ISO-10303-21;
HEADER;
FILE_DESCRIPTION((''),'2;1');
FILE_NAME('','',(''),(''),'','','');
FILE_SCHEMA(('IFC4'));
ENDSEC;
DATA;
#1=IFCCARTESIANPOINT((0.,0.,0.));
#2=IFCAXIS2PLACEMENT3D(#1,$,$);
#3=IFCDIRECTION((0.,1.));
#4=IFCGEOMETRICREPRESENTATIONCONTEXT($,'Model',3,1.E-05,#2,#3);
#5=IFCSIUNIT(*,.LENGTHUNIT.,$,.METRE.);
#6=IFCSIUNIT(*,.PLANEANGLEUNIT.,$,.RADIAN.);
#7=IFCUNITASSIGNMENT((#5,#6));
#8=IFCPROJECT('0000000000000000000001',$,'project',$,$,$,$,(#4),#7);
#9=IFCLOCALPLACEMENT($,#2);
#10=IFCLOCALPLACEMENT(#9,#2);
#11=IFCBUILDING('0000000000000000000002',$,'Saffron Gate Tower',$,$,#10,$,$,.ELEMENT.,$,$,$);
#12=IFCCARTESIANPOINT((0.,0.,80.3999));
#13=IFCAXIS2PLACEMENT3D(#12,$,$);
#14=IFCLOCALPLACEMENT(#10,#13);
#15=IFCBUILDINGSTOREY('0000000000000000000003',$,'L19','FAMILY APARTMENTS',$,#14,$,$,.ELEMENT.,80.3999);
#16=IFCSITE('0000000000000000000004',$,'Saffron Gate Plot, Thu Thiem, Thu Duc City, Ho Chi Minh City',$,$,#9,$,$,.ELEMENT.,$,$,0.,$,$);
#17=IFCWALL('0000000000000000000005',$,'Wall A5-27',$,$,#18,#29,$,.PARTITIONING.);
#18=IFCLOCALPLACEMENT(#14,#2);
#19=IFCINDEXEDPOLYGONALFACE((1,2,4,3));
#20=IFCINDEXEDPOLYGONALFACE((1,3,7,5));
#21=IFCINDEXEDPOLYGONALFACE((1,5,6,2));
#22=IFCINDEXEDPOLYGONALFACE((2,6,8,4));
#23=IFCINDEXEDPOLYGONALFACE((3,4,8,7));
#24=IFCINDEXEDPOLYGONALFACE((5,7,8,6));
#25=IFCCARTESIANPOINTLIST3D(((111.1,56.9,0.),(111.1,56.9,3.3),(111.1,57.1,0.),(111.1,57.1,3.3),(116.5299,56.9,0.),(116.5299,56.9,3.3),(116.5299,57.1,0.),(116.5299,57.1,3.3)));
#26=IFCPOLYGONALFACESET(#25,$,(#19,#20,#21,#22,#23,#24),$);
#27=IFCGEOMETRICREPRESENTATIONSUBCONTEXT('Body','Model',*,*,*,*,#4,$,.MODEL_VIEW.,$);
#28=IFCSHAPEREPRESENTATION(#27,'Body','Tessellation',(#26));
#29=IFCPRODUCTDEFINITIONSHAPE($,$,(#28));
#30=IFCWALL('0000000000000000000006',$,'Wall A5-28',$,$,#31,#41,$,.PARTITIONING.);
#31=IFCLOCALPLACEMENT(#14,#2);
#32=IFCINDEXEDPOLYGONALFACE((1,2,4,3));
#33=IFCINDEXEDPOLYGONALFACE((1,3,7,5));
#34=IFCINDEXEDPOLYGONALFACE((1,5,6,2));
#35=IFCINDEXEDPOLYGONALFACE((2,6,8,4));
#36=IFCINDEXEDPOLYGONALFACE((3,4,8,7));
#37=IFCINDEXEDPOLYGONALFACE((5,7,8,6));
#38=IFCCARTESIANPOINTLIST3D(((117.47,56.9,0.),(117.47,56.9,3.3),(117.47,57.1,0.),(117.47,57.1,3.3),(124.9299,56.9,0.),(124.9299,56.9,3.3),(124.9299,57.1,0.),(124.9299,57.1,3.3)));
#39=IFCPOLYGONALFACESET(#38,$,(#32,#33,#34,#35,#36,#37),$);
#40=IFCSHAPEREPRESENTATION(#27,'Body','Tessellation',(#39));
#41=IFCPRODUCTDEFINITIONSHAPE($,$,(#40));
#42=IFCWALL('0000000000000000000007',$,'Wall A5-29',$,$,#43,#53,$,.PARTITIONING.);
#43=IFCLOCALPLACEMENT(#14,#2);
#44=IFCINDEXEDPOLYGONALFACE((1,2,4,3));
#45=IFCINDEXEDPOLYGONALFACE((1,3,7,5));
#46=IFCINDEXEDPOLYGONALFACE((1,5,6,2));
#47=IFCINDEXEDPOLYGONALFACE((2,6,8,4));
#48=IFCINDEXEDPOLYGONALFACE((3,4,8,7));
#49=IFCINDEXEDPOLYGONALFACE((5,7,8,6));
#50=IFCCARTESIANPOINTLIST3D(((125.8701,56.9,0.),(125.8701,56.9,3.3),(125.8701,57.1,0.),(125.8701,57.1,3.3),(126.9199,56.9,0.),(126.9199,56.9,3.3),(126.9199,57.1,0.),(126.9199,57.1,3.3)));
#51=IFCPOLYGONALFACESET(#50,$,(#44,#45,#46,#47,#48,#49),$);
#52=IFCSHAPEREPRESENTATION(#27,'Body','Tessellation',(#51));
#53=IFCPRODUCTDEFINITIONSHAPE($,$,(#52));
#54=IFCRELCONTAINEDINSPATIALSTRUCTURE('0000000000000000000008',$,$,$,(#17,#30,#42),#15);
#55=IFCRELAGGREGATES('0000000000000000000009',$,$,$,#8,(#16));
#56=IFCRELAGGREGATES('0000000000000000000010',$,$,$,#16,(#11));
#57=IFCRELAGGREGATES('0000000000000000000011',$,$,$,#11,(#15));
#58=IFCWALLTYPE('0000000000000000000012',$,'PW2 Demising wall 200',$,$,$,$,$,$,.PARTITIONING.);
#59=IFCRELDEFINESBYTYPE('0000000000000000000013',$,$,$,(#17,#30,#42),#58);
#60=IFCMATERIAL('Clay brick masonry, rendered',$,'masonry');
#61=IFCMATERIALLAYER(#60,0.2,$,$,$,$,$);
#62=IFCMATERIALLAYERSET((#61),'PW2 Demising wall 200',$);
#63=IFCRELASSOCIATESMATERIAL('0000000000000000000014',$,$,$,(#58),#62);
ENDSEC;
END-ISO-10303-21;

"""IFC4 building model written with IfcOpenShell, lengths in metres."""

from ifc_helpers import new_model, si_unit, direction, frame, frame_2d, origin, place, context, subcontext, project, spatial, rectangle, extrude, material, layer, layer_set, type_object, element, save


model = new_model("IFC4")

# Units and contexts
model_context = context("Model", 3, precision=1e-05, world=origin(), true_north=direction((0.0, 1.0)))
body_context = subcontext(model_context, "Body", "Model", "MODEL_VIEW")
ifc_project = project(units=[si_unit("LENGTHUNIT", "METRE"), si_unit("PLANEANGLEUNIT", "RADIAN")], contexts=[model_context])

# Site, building, storey
site_placement = place(None, origin())
site = spatial("IfcSite", under=ifc_project, at=site_placement, Name="Saffron Gate Plot, Thu Thiem, Thu Duc City, Ho Chi Minh City", CompositionType="ELEMENT", RefElevation=0.0)
building_placement = place(site_placement, origin())
building = spatial("IfcBuilding", under=site, at=building_placement, Name="Saffron Gate Tower", CompositionType="ELEMENT")
storey_placement = place(building_placement, frame((0.0, 0.0, 80.3999)))
storey = spatial("IfcBuildingStorey", under=building, at=storey_placement, Name="L19", Description="FAMILY APARTMENTS", CompositionType="ELEMENT", Elevation=80.3999)

# Walls
ifc_material_1 = material(Name="Clay brick masonry, rendered", Category="masonry")
ifc_layer_1 = layer(ifc_material_1, 0.2)
ifc_layer_set_1 = layer_set([ifc_layer_1], Name="PW2 Demising wall 200")
wall_type_1 = type_object("IfcWallType", Name="PW2 Demising wall 200", PredefinedType="PARTITIONING", material=ifc_layer_set_1)
wall_1_placement = place(storey_placement, frame((111.1001, 57.0, 0.0), z_axis=(0.0, 0.0, 1.0), x_axis=(1.0, 0.0, 0.0)))
element("IfcWall", 1, at=wall_1_placement, inside=storey, type_object=wall_type_1, Name="Wall A5-27", PredefinedType="PARTITIONING", context=body_context, shape_type="SweptSolid", body=[
    extrude(rectangle(XDim=5.4299, YDim=0.2, at=frame_2d((2.7148, 0.0))), origin(), (0.0, 0.0, 1.0), 3.3),
])
wall_2_placement = place(storey_placement, frame((117.47, 57.0, 0.0), z_axis=(0.0, 0.0, 1.0), x_axis=(1.0, 0.0, 0.0)))
element("IfcWall", 2, at=wall_2_placement, inside=storey, type_object=wall_type_1, Name="Wall A5-28", PredefinedType="PARTITIONING", context=body_context, shape_type="SweptSolid", body=[
    extrude(rectangle(XDim=7.46, YDim=0.2, at=frame_2d((3.73, 0.0))), origin(), (0.0, 0.0, 1.0), 3.3),
])
wall_3_placement = place(storey_placement, frame((125.8701, 57.0, 0.0), z_axis=(0.0, 0.0, 1.0), x_axis=(1.0, 0.0, 0.0)))
element("IfcWall", 3, at=wall_3_placement, inside=storey, type_object=wall_type_1, Name="Wall A5-29", PredefinedType="PARTITIONING", context=body_context, shape_type="SweptSolid", body=[
    extrude(rectangle(XDim=1.0498, YDim=0.2, at=frame_2d((0.5249, 0.0))), origin(), (0.0, 0.0, 1.0), 3.3),
])

save(model, "model.ifc")
